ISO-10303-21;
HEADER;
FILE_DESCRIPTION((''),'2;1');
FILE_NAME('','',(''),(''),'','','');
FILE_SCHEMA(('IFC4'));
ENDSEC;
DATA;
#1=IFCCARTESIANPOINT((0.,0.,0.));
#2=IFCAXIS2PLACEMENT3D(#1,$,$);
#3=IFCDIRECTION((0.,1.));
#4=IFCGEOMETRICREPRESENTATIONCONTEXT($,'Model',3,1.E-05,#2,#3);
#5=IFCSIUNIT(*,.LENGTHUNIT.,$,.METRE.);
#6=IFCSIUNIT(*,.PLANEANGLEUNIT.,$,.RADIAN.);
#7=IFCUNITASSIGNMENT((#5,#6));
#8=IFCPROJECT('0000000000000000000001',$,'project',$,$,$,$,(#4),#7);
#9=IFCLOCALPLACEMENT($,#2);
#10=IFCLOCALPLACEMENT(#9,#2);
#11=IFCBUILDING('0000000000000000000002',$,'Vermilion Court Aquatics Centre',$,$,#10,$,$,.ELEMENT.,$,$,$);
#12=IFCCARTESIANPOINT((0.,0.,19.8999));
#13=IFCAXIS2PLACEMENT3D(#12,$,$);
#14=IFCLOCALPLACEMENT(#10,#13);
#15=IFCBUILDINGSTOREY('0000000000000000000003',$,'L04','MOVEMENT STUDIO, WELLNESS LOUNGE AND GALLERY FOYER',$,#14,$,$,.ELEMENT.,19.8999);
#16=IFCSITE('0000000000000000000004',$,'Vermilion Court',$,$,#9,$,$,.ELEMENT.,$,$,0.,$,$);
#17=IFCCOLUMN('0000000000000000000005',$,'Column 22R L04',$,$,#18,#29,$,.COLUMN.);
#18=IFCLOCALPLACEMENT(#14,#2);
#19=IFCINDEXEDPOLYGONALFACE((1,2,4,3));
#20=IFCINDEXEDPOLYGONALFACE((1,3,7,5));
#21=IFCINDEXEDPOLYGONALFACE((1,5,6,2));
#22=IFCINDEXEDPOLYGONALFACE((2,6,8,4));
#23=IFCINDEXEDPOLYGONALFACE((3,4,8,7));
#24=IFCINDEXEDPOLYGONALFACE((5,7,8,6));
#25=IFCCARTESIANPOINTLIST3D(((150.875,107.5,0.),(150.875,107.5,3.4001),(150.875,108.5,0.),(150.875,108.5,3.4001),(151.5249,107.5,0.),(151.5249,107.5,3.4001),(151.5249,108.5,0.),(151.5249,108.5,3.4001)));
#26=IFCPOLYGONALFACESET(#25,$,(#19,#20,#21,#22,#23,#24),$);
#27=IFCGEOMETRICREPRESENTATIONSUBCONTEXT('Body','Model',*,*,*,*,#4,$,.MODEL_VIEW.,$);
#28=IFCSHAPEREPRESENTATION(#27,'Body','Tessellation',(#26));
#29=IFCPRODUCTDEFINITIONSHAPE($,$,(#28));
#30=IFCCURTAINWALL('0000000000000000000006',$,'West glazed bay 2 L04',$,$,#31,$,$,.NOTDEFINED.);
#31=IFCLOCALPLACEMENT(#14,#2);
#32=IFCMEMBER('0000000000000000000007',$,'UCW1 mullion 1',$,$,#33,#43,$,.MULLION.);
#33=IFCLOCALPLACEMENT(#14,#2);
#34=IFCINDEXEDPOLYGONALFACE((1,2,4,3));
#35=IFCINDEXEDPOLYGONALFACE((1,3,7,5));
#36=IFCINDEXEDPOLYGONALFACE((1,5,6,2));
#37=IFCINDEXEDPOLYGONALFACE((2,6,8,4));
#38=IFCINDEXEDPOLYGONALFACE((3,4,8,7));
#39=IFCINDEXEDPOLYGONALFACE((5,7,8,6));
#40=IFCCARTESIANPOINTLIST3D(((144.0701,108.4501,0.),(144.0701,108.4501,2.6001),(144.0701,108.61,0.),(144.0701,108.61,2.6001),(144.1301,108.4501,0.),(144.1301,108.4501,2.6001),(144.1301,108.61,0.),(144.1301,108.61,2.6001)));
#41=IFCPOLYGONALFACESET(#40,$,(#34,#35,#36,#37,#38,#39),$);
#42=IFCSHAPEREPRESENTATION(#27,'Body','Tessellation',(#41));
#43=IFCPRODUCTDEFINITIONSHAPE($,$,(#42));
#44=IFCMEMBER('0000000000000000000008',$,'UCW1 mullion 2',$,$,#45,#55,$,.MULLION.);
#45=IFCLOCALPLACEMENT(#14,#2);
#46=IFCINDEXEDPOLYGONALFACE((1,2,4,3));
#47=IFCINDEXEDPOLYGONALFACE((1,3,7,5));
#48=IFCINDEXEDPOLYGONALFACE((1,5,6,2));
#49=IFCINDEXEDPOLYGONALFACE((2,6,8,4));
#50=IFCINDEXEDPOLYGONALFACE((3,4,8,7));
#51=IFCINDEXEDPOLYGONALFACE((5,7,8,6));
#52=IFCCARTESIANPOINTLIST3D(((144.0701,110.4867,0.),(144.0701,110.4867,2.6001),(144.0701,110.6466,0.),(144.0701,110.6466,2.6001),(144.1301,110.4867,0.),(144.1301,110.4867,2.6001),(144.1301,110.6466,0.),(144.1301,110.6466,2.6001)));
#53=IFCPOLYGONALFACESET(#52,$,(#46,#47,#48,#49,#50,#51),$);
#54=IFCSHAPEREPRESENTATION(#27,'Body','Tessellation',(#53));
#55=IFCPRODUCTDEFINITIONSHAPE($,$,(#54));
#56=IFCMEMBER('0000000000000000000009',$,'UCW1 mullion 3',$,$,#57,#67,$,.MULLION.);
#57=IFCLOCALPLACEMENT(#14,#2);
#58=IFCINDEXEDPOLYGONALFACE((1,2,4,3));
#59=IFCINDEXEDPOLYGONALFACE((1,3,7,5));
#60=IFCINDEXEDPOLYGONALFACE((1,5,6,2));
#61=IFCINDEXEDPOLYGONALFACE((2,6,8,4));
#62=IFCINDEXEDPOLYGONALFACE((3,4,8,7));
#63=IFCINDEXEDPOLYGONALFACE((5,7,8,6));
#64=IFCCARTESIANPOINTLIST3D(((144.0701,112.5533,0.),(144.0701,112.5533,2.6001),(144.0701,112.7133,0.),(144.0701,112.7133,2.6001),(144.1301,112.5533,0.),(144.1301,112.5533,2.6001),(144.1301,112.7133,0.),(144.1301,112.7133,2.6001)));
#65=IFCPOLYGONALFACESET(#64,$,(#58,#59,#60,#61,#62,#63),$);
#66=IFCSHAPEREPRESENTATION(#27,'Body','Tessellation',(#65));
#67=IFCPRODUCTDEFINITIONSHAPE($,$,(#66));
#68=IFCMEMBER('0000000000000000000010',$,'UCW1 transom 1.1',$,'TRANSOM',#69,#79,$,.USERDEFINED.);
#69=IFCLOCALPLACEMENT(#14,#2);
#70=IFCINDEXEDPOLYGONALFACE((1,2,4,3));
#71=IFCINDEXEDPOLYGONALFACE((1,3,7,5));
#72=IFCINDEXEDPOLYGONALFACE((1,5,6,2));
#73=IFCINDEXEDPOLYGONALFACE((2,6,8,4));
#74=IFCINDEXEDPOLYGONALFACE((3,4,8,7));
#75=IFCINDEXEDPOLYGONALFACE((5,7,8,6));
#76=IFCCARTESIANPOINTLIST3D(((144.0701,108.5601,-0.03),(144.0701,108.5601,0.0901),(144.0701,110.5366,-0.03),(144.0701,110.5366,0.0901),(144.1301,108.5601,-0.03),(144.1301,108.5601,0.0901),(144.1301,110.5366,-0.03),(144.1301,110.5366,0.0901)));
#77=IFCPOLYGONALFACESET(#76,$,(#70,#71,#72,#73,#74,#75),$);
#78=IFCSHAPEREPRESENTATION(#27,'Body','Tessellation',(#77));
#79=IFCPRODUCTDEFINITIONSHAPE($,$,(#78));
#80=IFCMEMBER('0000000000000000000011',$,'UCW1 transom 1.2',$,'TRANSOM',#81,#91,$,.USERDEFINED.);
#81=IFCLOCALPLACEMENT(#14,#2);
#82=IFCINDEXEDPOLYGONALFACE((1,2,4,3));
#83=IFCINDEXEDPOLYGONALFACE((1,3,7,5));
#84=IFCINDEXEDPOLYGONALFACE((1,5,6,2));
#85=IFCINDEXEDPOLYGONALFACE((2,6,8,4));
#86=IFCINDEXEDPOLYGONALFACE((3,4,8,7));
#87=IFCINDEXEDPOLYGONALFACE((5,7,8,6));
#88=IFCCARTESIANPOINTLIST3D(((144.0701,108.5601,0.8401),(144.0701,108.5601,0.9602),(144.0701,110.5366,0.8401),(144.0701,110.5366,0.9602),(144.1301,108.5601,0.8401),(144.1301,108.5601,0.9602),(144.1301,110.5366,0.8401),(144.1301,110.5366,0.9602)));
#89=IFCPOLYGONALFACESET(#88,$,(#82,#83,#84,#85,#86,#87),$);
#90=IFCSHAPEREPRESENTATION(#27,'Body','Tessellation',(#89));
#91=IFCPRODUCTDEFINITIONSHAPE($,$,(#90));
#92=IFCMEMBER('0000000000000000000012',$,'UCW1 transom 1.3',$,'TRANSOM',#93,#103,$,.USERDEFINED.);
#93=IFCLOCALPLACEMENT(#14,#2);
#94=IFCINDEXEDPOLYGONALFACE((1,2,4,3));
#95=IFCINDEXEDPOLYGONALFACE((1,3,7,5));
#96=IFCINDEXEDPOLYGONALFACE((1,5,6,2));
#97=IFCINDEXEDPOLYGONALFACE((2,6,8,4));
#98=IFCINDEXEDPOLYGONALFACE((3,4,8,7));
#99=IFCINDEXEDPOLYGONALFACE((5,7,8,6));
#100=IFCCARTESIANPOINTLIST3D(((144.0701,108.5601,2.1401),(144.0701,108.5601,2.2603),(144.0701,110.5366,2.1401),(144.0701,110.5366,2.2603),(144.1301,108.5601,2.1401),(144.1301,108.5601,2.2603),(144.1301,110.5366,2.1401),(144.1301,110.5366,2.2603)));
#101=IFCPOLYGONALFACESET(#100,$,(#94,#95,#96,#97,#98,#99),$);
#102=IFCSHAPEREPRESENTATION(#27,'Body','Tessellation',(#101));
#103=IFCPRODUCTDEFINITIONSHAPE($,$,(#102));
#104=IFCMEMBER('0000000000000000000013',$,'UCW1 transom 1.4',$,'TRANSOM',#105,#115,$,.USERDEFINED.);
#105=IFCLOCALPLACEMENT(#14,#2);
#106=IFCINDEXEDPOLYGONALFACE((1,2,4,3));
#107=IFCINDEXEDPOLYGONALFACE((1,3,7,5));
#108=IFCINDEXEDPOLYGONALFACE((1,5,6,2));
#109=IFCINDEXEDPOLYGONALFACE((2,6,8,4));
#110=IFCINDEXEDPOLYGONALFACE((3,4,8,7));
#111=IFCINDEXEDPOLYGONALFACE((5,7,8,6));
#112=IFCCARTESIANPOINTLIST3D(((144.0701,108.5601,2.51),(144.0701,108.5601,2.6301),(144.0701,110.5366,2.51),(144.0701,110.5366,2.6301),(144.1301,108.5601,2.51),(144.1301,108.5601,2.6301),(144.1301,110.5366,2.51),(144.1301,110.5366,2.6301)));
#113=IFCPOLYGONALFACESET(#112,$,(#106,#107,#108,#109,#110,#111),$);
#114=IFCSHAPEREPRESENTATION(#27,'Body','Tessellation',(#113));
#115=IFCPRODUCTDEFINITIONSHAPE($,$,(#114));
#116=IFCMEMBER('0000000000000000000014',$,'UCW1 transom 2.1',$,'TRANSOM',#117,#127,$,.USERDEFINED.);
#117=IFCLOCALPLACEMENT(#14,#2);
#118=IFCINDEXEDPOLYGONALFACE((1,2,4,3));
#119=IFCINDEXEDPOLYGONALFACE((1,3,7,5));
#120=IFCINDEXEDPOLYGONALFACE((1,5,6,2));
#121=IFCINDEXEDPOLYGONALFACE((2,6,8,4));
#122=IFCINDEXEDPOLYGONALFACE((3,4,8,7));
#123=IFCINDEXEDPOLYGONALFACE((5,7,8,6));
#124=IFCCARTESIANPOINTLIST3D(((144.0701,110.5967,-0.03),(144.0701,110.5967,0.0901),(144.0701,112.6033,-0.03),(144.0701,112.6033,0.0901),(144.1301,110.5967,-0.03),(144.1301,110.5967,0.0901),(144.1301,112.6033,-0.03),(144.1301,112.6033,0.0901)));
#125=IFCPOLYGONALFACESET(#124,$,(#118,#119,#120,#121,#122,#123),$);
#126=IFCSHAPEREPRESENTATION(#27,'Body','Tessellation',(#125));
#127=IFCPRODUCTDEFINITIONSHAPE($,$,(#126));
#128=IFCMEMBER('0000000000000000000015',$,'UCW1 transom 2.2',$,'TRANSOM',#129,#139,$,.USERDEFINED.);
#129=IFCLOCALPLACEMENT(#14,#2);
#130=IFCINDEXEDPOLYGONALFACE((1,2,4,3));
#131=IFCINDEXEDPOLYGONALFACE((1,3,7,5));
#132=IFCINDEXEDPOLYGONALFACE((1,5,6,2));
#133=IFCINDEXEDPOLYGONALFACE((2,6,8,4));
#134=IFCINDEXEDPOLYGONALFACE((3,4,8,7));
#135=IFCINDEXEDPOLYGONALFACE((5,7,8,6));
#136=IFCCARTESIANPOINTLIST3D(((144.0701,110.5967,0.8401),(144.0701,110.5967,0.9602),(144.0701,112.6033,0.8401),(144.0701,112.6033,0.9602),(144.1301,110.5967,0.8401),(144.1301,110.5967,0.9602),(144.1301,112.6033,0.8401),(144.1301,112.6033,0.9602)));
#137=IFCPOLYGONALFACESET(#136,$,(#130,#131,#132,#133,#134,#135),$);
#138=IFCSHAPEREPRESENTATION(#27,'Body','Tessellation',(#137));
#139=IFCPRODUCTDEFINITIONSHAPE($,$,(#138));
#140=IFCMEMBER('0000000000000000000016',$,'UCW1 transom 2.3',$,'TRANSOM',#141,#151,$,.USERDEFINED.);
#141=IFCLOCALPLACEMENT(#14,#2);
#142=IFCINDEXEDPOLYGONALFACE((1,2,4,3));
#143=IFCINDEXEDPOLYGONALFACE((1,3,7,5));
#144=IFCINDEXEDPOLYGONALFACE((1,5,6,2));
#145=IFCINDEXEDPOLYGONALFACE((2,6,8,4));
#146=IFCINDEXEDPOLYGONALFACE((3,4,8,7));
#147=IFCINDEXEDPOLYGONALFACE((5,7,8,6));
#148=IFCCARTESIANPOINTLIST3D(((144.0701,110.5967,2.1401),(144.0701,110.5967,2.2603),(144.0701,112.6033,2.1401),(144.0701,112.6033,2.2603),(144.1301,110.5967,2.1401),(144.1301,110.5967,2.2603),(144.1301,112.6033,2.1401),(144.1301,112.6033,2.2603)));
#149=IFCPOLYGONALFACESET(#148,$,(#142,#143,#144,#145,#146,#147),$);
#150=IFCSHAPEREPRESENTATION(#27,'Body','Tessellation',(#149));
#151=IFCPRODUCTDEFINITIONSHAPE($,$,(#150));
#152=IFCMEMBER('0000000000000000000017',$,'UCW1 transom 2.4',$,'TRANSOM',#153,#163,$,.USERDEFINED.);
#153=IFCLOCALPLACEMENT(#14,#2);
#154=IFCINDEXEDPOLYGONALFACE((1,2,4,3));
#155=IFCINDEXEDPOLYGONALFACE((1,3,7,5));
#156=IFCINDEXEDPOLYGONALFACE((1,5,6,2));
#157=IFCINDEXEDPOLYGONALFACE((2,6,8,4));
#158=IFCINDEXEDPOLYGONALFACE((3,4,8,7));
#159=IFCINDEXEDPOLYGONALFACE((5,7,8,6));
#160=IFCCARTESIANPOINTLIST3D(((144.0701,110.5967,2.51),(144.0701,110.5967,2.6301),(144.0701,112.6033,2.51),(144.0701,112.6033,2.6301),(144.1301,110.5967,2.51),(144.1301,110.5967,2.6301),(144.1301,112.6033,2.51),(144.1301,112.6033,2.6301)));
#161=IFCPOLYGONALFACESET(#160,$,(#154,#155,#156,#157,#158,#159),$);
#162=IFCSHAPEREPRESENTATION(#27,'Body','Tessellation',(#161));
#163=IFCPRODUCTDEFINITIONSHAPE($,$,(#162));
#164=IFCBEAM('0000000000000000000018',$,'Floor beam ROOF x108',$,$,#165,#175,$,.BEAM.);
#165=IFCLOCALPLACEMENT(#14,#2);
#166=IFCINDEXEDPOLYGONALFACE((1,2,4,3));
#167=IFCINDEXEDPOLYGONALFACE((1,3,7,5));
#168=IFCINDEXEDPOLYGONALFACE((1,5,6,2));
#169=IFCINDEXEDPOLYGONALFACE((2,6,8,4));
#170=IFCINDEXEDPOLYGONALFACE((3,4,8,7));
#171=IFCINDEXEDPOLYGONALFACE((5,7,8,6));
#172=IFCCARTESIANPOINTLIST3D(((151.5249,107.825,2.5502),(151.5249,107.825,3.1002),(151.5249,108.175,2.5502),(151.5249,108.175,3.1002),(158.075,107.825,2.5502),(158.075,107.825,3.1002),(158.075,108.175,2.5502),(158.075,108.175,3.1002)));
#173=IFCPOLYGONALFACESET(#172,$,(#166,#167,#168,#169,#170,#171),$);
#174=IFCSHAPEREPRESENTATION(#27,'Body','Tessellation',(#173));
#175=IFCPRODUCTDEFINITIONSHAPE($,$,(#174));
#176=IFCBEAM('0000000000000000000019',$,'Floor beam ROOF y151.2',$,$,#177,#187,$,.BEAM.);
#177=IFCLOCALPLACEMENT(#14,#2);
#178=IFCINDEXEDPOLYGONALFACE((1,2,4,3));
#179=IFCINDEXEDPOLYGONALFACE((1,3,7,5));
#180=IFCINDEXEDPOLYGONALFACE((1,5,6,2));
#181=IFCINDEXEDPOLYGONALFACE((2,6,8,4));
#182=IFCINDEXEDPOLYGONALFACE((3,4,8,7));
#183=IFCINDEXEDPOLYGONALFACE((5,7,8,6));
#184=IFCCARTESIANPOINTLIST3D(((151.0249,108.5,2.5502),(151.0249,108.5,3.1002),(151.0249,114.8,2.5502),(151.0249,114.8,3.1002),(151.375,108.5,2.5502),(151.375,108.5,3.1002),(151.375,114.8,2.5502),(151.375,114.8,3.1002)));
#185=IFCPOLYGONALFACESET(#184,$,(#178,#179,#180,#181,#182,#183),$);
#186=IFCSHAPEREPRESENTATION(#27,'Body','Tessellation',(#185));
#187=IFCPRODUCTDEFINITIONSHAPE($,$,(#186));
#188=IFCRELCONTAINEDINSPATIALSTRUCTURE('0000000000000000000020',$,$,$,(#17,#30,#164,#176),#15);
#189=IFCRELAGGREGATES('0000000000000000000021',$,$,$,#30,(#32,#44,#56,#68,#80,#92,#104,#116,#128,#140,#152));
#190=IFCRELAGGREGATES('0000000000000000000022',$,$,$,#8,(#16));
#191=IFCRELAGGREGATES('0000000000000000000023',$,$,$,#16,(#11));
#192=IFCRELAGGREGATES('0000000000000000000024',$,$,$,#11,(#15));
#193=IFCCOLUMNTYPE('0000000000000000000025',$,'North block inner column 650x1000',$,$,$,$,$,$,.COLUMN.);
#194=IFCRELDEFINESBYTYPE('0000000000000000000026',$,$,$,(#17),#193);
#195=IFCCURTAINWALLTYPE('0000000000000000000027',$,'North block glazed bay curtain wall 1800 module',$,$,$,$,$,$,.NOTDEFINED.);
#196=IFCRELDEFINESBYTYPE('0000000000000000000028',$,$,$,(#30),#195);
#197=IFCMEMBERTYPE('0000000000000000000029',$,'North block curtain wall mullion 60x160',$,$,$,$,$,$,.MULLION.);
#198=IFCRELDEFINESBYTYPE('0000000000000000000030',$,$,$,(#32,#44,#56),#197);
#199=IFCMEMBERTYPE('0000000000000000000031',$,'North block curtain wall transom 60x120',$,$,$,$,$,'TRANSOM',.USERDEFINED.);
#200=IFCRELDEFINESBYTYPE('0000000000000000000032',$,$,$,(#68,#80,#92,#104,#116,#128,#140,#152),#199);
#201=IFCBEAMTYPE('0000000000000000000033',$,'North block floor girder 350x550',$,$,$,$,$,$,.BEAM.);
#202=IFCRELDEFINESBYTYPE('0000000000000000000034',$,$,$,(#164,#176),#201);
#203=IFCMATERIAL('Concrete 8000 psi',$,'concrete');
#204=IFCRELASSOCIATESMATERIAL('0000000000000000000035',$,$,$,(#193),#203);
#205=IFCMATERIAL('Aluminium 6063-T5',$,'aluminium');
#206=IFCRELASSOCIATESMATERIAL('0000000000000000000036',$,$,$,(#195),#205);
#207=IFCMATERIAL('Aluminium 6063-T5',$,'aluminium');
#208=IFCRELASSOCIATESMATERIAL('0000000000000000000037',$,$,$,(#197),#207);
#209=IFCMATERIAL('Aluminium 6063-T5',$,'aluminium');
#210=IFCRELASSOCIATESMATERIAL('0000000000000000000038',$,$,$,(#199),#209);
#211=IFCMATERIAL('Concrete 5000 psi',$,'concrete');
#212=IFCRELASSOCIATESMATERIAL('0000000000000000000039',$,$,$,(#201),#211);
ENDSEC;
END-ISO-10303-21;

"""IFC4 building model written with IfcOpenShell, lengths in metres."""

from ifc_helpers import new_model, si_unit, direction, frame, origin, origin_2d, place, context, subcontext, project, spatial, rectangle, extrude, material, material_profile, profile_set, type_object, element, aggregate, save


model = new_model("IFC4")

# Units and contexts
model_context = context("Model", 3, precision=1e-05, world=origin(), true_north=direction((0.0, 1.0)))
body_context = subcontext(model_context, "Body", "Model", "MODEL_VIEW")
ifc_project = project(units=[si_unit("LENGTHUNIT", "METRE"), si_unit("PLANEANGLEUNIT", "RADIAN")], contexts=[model_context])

# Site, building, storey
site_placement = place(None, origin())
site = spatial("IfcSite", under=ifc_project, at=site_placement, Name="Vermilion Court", CompositionType="ELEMENT", RefElevation=0.0)
building_placement = place(site_placement, origin())
building = spatial("IfcBuilding", under=site, at=building_placement, Name="Vermilion Court Aquatics Centre", CompositionType="ELEMENT")
storey_placement = place(building_placement, frame((0.0, 0.0, 19.8999)))
storey = spatial("IfcBuildingStorey", under=building, at=storey_placement, Name="L04", Description="MOVEMENT STUDIO, WELLNESS LOUNGE AND GALLERY FOYER", CompositionType="ELEMENT", Elevation=19.8999)

# Column
ifc_material_1 = material(Name="Concrete 8000 psi", Category="concrete")
ifc_material_profile_1 = material_profile(ifc_material_1, rectangle(XDim=0.6499, YDim=1.0, at=origin_2d()), Name="RC 650x1000")
ifc_profile_set_1 = profile_set([ifc_material_profile_1], Name="Concrete 8000 psi")
column_type = type_object("IfcColumnType", Name="North block inner column 650x1000", PredefinedType="COLUMN", material=ifc_profile_set_1)
column_placement = place(storey_placement, frame((151.2, 108.0, 0.0), z_axis=(0.0, 0.0, 1.0), x_axis=(1.0, 0.0, 0.0)))
element("IfcColumn", 1, at=column_placement, inside=storey, type_object=column_type, Name="Column 22R L04", PredefinedType="COLUMN", context=body_context, shape_type="SweptSolid", body=[
    extrude(rectangle(XDim=0.6499, YDim=1.0, at=origin_2d()), origin(), (0.0, 0.0, 1.0), 3.4001),
])

# Curtain wall, members
ifc_material_2 = material(Name="Aluminium 6063-T5", Category="aluminium")
curtain_wall_type = type_object("IfcCurtainWallType", Name="North block glazed bay curtain wall 1800 module", PredefinedType="NOTDEFINED", material=ifc_material_2)
curtain_wall_placement = place(storey_placement, origin())
curtain_wall = element("IfcCurtainWall", 2, at=curtain_wall_placement, inside=storey, type_object=curtain_wall_type, Name="West glazed bay 2 L04", PredefinedType="NOTDEFINED")
ifc_material_3 = material(Name="Aluminium 6063-T5", Category="aluminium")
ifc_material_profile_2 = material_profile(ifc_material_3, rectangle(XDim=0.0601, YDim=0.1599, at=origin_2d()), Name="AL 60x160")
ifc_profile_set_2 = profile_set([ifc_material_profile_2], Name="Aluminium 6063-T5")
member_type_1 = type_object("IfcMemberType", Name="North block curtain wall mullion 60x160", PredefinedType="MULLION", material=ifc_profile_set_2)
member_1_placement = place(storey_placement, frame((144.1001, 108.53, 0.0), z_axis=(0.0, 0.0, 1.0), x_axis=(-1.0, 0.0, 0.0)))
member_1 = element("IfcMember", 3, at=member_1_placement, type_object=member_type_1, Name="UCW1 mullion 1", PredefinedType="MULLION", context=body_context, shape_type="SweptSolid", body=[
    extrude(rectangle(XDim=0.0601, YDim=0.1599, at=origin_2d()), origin(), (0.0, 0.0, 1.0), 2.6001),
])
member_2_placement = place(storey_placement, frame((144.1001, 110.5667, 0.0), z_axis=(0.0, 0.0, 1.0), x_axis=(-1.0, 0.0, 0.0)))
member_2 = element("IfcMember", 4, at=member_2_placement, type_object=member_type_1, Name="UCW1 mullion 2", PredefinedType="MULLION", context=body_context, shape_type="SweptSolid", body=[
    extrude(rectangle(XDim=0.0601, YDim=0.1599, at=origin_2d()), origin(), (0.0, 0.0, 1.0), 2.6001),
])
member_3_placement = place(storey_placement, frame((144.1001, 112.6333, 0.0), z_axis=(0.0, 0.0, 1.0), x_axis=(-1.0, 0.0, 0.0)))
member_3 = element("IfcMember", 5, at=member_3_placement, type_object=member_type_1, Name="UCW1 mullion 3", PredefinedType="MULLION", context=body_context, shape_type="SweptSolid", body=[
    extrude(rectangle(XDim=0.0601, YDim=0.1599, at=origin_2d()), origin(), (0.0, 0.0, 1.0), 2.6001),
])
ifc_material_4 = material(Name="Aluminium 6063-T5", Category="aluminium")
ifc_material_profile_3 = material_profile(ifc_material_4, rectangle(XDim=0.0601, YDim=0.1201, at=origin_2d()), Name="AL 60x120")
ifc_profile_set_3 = profile_set([ifc_material_profile_3], Name="Aluminium 6063-T5")
member_type_2 = type_object("IfcMemberType", Name="North block curtain wall transom 60x120", ElementType="TRANSOM", PredefinedType="USERDEFINED", material=ifc_profile_set_3)
member_4_placement = place(storey_placement, frame((144.1001, 108.5601, 0.03), z_axis=(0.0, 1.0, 0.0), x_axis=(-1.0, 0.0, 0.0)))
member_4 = element("IfcMember", 6, at=member_4_placement, type_object=member_type_2, Name="UCW1 transom 1.1", ObjectType="TRANSOM", PredefinedType="USERDEFINED", context=body_context, shape_type="SweptSolid", body=[
    extrude(rectangle(XDim=0.0601, YDim=0.1201, at=origin_2d()), origin(), (0.0, 0.0, 1.0), 1.9766),
])
member_5_placement = place(storey_placement, frame((144.1001, 108.5601, 0.9001), z_axis=(0.0, 1.0, 0.0), x_axis=(-1.0, 0.0, 0.0)))
member_5 = element("IfcMember", 7, at=member_5_placement, type_object=member_type_2, Name="UCW1 transom 1.2", ObjectType="TRANSOM", PredefinedType="USERDEFINED", context=body_context, shape_type="SweptSolid", body=[
    extrude(rectangle(XDim=0.0601, YDim=0.1201, at=origin_2d()), origin(), (0.0, 0.0, 1.0), 1.9766),
])
member_6_placement = place(storey_placement, frame((144.1001, 108.5601, 2.2002), z_axis=(0.0, 1.0, 0.0), x_axis=(-1.0, 0.0, 0.0)))
member_6 = element("IfcMember", 8, at=member_6_placement, type_object=member_type_2, Name="UCW1 transom 1.3", ObjectType="TRANSOM", PredefinedType="USERDEFINED", context=body_context, shape_type="SweptSolid", body=[
    extrude(rectangle(XDim=0.0601, YDim=0.1201, at=origin_2d()), origin(), (0.0, 0.0, 1.0), 1.9766),
])
member_7_placement = place(storey_placement, frame((144.1001, 108.5601, 2.5701), z_axis=(0.0, 1.0, 0.0), x_axis=(-1.0, 0.0, 0.0)))
member_7 = element("IfcMember", 9, at=member_7_placement, type_object=member_type_2, Name="UCW1 transom 1.4", ObjectType="TRANSOM", PredefinedType="USERDEFINED", context=body_context, shape_type="SweptSolid", body=[
    extrude(rectangle(XDim=0.0601, YDim=0.1201, at=origin_2d()), origin(), (0.0, 0.0, 1.0), 1.9766),
])
member_8_placement = place(storey_placement, frame((144.1001, 110.5967, 0.03), z_axis=(0.0, 1.0, 0.0), x_axis=(-1.0, 0.0, 0.0)))
member_8 = element("IfcMember", 10, at=member_8_placement, type_object=member_type_2, Name="UCW1 transom 2.1", ObjectType="TRANSOM", PredefinedType="USERDEFINED", context=body_context, shape_type="SweptSolid", body=[
    extrude(rectangle(XDim=0.0601, YDim=0.1201, at=origin_2d()), origin(), (0.0, 0.0, 1.0), 2.0066),
])
member_9_placement = place(storey_placement, frame((144.1001, 110.5967, 0.9001), z_axis=(0.0, 1.0, 0.0), x_axis=(-1.0, 0.0, 0.0)))
member_9 = element("IfcMember", 11, at=member_9_placement, type_object=member_type_2, Name="UCW1 transom 2.2", ObjectType="TRANSOM", PredefinedType="USERDEFINED", context=body_context, shape_type="SweptSolid", body=[
    extrude(rectangle(XDim=0.0601, YDim=0.1201, at=origin_2d()), origin(), (0.0, 0.0, 1.0), 2.0066),
])
member_10_placement = place(storey_placement, frame((144.1001, 110.5967, 2.2002), z_axis=(0.0, 1.0, 0.0), x_axis=(-1.0, 0.0, 0.0)))
member_10 = element("IfcMember", 12, at=member_10_placement, type_object=member_type_2, Name="UCW1 transom 2.3", ObjectType="TRANSOM", PredefinedType="USERDEFINED", context=body_context, shape_type="SweptSolid", body=[
    extrude(rectangle(XDim=0.0601, YDim=0.1201, at=origin_2d()), origin(), (0.0, 0.0, 1.0), 2.0066),
])
member_11_placement = place(storey_placement, frame((144.1001, 110.5967, 2.5701), z_axis=(0.0, 1.0, 0.0), x_axis=(-1.0, 0.0, 0.0)))
member_11 = element("IfcMember", 13, at=member_11_placement, type_object=member_type_2, Name="UCW1 transom 2.4", ObjectType="TRANSOM", PredefinedType="USERDEFINED", context=body_context, shape_type="SweptSolid", body=[
    extrude(rectangle(XDim=0.0601, YDim=0.1201, at=origin_2d()), origin(), (0.0, 0.0, 1.0), 2.0066),
])

# Beams
ifc_material_5 = material(Name="Concrete 5000 psi", Category="concrete")
ifc_material_profile_4 = material_profile(ifc_material_5, rectangle(XDim=0.3501, YDim=0.55, at=origin_2d()), Name="RC 350x550")
ifc_profile_set_4 = profile_set([ifc_material_profile_4], Name="Concrete 5000 psi")
beam_type_1 = type_object("IfcBeamType", Name="North block floor girder 350x550", PredefinedType="BEAM", material=ifc_profile_set_4)
beam_1_placement = place(storey_placement, frame((151.5249, 108.0, 2.8252), z_axis=(1.0, 0.0, 0.0), x_axis=(0.0, 1.0, 0.0)))
element("IfcBeam", 14, at=beam_1_placement, inside=storey, type_object=beam_type_1, Name="Floor beam ROOF x108", PredefinedType="BEAM", context=body_context, shape_type="SweptSolid", body=[
    extrude(rectangle(XDim=0.3501, YDim=0.55, at=origin_2d()), origin(), (0.0, 0.0, 1.0), 6.55),
])
beam_2_placement = place(storey_placement, frame((151.2, 108.5, 2.8252), z_axis=(0.0, 1.0, 0.0), x_axis=(-1.0, 0.0, 0.0)))
element("IfcBeam", 15, at=beam_2_placement, inside=storey, type_object=beam_type_1, Name="Floor beam ROOF y151.2", PredefinedType="BEAM", context=body_context, shape_type="SweptSolid", body=[
    extrude(rectangle(XDim=0.3501, YDim=0.55, at=origin_2d()), origin(), (0.0, 0.0, 1.0), 6.3),
])

aggregate(curtain_wall, [member_1, member_2, member_3, member_4, member_5, member_6, member_7, member_8, member_9, member_10, member_11])

save(model, "model.ifc")
